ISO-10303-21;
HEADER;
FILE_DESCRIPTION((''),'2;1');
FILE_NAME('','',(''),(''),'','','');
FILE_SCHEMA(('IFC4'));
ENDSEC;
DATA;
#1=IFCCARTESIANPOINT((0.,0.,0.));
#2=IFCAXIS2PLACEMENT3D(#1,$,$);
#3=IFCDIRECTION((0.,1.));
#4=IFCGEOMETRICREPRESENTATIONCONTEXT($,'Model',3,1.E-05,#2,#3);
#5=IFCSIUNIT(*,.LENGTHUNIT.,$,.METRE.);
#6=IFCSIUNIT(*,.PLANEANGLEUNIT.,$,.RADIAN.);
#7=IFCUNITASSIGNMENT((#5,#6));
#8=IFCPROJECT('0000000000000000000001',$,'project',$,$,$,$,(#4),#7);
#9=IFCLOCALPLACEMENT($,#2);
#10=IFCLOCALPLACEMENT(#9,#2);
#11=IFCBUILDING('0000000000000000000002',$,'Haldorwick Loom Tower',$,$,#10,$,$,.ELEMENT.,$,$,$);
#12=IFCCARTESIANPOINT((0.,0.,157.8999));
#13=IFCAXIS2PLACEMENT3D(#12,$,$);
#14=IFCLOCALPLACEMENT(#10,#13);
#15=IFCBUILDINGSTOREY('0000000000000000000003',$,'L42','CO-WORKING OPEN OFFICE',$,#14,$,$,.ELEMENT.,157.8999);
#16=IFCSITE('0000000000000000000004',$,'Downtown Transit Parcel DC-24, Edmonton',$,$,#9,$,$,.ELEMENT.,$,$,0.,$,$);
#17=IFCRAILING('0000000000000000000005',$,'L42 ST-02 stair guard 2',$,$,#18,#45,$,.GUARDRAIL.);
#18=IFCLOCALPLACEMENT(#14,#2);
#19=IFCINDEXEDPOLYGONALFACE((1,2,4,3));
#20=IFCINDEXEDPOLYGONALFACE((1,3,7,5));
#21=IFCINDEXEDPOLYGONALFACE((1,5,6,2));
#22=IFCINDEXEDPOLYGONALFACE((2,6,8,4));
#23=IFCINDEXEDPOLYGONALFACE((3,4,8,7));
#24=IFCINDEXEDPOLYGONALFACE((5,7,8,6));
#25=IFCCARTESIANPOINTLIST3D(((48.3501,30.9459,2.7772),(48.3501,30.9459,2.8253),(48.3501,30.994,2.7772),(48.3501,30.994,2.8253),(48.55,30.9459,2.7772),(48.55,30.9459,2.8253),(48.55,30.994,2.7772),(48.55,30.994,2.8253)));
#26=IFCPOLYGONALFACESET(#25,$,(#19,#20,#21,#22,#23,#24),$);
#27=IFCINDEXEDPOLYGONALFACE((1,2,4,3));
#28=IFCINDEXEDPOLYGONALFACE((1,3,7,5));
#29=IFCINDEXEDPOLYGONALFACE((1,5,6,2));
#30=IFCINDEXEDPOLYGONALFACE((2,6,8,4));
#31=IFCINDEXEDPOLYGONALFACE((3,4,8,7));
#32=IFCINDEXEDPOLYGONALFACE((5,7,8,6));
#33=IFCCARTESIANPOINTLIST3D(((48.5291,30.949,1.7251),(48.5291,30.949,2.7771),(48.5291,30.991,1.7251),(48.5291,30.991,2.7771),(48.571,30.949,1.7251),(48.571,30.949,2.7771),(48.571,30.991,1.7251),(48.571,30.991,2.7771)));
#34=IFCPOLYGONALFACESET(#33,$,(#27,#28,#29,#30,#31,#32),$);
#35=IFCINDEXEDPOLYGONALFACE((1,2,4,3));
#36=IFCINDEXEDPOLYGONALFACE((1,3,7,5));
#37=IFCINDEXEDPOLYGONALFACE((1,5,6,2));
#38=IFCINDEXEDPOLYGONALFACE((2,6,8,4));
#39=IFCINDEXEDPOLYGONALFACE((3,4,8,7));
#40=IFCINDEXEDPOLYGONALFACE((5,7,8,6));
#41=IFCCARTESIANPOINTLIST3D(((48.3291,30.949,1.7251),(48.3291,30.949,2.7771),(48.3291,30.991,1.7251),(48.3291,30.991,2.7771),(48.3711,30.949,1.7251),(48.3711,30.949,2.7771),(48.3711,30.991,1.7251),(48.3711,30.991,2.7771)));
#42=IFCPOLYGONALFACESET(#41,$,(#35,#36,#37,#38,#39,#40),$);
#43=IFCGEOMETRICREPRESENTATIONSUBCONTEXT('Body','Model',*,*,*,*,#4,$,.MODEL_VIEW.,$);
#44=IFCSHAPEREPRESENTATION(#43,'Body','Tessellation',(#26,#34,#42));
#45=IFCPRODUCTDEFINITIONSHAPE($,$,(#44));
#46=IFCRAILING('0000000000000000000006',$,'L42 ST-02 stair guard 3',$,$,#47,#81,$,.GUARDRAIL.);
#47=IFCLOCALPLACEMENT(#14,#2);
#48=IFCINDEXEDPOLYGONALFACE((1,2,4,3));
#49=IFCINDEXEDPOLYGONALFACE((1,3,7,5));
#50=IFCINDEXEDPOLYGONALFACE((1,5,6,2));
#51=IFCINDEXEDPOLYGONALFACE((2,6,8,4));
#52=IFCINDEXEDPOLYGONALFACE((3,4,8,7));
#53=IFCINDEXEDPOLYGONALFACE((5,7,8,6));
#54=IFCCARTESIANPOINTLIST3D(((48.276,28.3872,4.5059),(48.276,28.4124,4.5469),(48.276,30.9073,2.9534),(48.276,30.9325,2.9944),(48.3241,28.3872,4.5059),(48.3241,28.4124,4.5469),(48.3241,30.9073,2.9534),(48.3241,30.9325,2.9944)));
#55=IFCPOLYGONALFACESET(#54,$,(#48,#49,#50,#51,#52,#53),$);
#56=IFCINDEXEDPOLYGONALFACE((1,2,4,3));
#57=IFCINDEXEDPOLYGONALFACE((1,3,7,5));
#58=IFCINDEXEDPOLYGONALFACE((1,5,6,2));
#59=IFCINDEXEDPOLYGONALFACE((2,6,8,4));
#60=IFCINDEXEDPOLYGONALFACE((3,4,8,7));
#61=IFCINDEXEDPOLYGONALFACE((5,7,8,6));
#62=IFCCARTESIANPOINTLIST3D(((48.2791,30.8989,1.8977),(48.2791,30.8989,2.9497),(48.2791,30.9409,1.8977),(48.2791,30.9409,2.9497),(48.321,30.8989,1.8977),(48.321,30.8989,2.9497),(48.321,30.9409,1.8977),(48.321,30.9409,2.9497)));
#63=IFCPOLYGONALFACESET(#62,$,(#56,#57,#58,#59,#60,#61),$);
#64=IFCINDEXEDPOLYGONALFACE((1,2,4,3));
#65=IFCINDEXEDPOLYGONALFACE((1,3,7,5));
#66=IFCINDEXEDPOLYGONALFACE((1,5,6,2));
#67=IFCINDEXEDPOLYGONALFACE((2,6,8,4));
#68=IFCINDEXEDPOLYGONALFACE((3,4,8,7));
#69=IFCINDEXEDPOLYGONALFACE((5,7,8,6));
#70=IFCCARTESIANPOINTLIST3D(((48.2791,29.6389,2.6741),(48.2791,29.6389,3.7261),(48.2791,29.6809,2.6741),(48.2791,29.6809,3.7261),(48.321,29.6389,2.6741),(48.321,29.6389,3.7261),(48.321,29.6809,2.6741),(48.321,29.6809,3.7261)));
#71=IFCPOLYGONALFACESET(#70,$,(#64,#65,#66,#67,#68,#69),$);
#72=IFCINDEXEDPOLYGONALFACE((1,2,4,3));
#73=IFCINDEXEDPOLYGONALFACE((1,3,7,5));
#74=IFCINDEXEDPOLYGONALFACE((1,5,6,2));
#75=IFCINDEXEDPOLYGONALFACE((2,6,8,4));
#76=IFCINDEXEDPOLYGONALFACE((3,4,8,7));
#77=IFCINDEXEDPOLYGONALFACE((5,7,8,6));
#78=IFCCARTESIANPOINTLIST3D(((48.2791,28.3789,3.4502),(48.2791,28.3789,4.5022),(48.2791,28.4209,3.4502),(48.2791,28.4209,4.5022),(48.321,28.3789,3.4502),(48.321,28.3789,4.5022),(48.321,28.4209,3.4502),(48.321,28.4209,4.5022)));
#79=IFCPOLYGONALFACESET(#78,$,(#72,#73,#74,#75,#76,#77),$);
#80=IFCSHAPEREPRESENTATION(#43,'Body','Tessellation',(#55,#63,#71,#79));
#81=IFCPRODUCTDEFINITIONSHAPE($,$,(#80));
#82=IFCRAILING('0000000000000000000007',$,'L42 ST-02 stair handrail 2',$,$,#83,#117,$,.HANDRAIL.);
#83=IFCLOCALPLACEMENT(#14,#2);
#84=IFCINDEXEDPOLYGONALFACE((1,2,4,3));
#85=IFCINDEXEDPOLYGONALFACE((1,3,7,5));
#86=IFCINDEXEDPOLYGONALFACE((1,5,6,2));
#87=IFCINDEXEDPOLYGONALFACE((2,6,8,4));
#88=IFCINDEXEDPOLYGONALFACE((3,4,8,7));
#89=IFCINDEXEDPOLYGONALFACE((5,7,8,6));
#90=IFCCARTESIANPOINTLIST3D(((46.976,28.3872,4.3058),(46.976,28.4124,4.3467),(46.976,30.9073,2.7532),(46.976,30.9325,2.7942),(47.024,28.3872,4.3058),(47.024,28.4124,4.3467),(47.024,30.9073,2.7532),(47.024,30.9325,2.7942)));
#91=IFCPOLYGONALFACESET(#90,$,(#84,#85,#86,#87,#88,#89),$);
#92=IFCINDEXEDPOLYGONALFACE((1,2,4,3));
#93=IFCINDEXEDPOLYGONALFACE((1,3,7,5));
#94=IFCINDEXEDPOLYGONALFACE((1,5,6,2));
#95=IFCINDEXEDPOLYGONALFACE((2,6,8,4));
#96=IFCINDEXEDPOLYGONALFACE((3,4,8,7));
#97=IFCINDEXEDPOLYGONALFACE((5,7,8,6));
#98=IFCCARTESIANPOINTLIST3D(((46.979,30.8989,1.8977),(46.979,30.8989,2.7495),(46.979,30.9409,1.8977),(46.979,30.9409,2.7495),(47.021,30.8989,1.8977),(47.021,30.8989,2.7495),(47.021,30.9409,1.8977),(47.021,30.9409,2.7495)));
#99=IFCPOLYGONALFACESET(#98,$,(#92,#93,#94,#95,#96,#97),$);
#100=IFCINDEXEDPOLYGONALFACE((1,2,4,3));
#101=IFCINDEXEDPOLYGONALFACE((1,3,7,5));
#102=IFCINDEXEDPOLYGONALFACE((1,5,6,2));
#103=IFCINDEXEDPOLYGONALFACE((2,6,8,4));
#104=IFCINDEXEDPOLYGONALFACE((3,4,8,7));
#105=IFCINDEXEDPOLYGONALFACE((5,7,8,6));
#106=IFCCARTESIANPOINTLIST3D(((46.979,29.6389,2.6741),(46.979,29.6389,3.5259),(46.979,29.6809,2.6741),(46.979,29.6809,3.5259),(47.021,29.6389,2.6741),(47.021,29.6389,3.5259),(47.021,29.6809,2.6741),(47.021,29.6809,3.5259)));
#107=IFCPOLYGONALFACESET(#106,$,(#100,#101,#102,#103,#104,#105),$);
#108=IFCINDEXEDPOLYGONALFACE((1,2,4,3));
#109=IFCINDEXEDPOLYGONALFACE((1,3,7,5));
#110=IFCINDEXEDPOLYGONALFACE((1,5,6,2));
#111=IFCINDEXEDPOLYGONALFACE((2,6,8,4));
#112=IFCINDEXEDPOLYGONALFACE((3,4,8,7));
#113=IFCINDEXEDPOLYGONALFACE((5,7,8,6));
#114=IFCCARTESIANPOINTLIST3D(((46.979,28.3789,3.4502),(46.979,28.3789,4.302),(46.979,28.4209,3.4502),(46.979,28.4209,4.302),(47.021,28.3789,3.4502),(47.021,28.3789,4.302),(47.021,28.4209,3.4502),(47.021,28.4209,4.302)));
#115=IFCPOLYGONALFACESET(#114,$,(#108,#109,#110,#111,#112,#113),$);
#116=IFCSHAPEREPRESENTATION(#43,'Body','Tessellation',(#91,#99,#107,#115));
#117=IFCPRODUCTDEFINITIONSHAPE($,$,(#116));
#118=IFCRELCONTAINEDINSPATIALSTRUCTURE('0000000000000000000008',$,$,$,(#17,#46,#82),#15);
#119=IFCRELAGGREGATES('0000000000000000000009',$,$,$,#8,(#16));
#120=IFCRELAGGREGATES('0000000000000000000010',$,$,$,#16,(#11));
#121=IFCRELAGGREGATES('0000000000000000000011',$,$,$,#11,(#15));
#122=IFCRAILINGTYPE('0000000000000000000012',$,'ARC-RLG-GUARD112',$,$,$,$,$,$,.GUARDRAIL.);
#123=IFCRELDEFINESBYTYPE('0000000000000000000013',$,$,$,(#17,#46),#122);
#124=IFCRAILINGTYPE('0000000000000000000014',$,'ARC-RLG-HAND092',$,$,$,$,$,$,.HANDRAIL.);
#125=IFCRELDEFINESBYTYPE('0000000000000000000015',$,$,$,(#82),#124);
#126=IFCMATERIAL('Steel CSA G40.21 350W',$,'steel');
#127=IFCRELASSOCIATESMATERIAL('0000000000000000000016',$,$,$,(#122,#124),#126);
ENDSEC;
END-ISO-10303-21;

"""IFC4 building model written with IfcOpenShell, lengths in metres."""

from ifc_helpers import new_model, si_unit, direction, frame, origin, origin_2d, place, context, subcontext, project, spatial, rectangle, extrude, material, type_object, element, save


model = new_model("IFC4")

# Units and contexts
model_context = context("Model", 3, precision=1e-05, world=origin(), true_north=direction((0.0, 1.0)))
body_context = subcontext(model_context, "Body", "Model", "MODEL_VIEW")
ifc_project = project(units=[si_unit("LENGTHUNIT", "METRE"), si_unit("PLANEANGLEUNIT", "RADIAN")], contexts=[model_context])

# Site, building, storey
site_placement = place(None, origin())
site = spatial("IfcSite", under=ifc_project, at=site_placement, Name="Downtown Transit Parcel DC-24, Edmonton", CompositionType="ELEMENT", RefElevation=0.0)
building_placement = place(site_placement, origin())
building = spatial("IfcBuilding", under=site, at=building_placement, Name="Haldorwick Loom Tower", CompositionType="ELEMENT")
storey_placement = place(building_placement, frame((0.0, 0.0, 157.8999)))
storey = spatial("IfcBuildingStorey", under=building, at=storey_placement, Name="L42", Description="CO-WORKING OPEN OFFICE", CompositionType="ELEMENT", Elevation=157.8999)

# Shared definitions
ifc_material_1 = material(Name="Steel CSA G40.21 350W", Category="steel")

# Railings
railing_type_1 = type_object("IfcRailingType", Name="ARC-RLG-GUARD112", PredefinedType="GUARDRAIL", material=ifc_material_1)
railing_1_placement = place(storey_placement, frame((48.55, 30.97, 1.7251)))
element("IfcRailing", 1, at=railing_1_placement, inside=storey, type_object=railing_type_1, Name="L42 ST-02 stair guard 2", PredefinedType="GUARDRAIL", context=body_context, shape_type="SweptSolid", body=[
    extrude(rectangle(XDim=0.0481, YDim=0.0481, at=origin_2d()), frame((0.0, 0.0, 1.0762), z_axis=(-1.0, 0.0, 0.0), x_axis=(0.0, -1.0, 0.0)), (0.0, 0.0, 1.0), 0.2),
    extrude(rectangle(XDim=0.042, YDim=0.042, at=origin_2d()), origin(), (0.0, 0.0, 1.0), 1.052),
    extrude(rectangle(XDim=0.042, YDim=0.042, at=origin_2d()), frame((-0.2, 0.0, 0.0)), (0.0, 0.0, 1.0), 1.052),
])
railing_2_placement = place(storey_placement, frame((48.3, 30.9199, 1.8977)))
element("IfcRailing", 2, at=railing_2_placement, inside=storey, type_object=railing_type_1, Name="L42 ST-02 stair guard 3", PredefinedType="GUARDRAIL", context=body_context, shape_type="SweptSolid", body=[
    extrude(rectangle(XDim=0.0481, YDim=0.0481, at=origin_2d()), frame((0.0, 0.0, 1.0762), z_axis=(0.0, -0.8514, 0.524516), x_axis=(1.0, 0.0, 0.0)), (0.0, 0.0, 1.0), 2.96),
    extrude(rectangle(XDim=0.042, YDim=0.042, at=origin_2d()), origin(), (0.0, 0.0, 1.0), 1.052),
    extrude(rectangle(XDim=0.042, YDim=0.042, at=origin_2d()), frame((0.0, -1.26, 0.7764)), (0.0, 0.0, 1.0), 1.052),
    extrude(rectangle(XDim=0.042, YDim=0.042, at=origin_2d()), frame((0.0, -2.52, 1.5525)), (0.0, 0.0, 1.0), 1.052),
])
railing_type_2 = type_object("IfcRailingType", Name="ARC-RLG-HAND092", PredefinedType="HANDRAIL", material=ifc_material_1)
railing_3_placement = place(storey_placement, frame((47.0, 30.9199, 1.8977)))
element("IfcRailing", 3, at=railing_3_placement, inside=storey, type_object=railing_type_2, Name="L42 ST-02 stair handrail 2", PredefinedType="HANDRAIL", context=body_context, shape_type="SweptSolid", body=[
    extrude(rectangle(XDim=0.0481, YDim=0.0481, at=origin_2d()), frame((0.0, 0.0, 0.876), z_axis=(0.0, -0.8514, 0.524516), x_axis=(1.0, 0.0, 0.0)), (0.0, 0.0, 1.0), 2.96),
    extrude(rectangle(XDim=0.042, YDim=0.042, at=origin_2d()), origin(), (0.0, 0.0, 1.0), 0.8518),
    extrude(rectangle(XDim=0.042, YDim=0.042, at=origin_2d()), frame((0.0, -1.26, 0.7764)), (0.0, 0.0, 1.0), 0.8518),
    extrude(rectangle(XDim=0.042, YDim=0.042, at=origin_2d()), frame((0.0, -2.52, 1.5525)), (0.0, 0.0, 1.0), 0.8518),
])

save(model, "model.ifc")
